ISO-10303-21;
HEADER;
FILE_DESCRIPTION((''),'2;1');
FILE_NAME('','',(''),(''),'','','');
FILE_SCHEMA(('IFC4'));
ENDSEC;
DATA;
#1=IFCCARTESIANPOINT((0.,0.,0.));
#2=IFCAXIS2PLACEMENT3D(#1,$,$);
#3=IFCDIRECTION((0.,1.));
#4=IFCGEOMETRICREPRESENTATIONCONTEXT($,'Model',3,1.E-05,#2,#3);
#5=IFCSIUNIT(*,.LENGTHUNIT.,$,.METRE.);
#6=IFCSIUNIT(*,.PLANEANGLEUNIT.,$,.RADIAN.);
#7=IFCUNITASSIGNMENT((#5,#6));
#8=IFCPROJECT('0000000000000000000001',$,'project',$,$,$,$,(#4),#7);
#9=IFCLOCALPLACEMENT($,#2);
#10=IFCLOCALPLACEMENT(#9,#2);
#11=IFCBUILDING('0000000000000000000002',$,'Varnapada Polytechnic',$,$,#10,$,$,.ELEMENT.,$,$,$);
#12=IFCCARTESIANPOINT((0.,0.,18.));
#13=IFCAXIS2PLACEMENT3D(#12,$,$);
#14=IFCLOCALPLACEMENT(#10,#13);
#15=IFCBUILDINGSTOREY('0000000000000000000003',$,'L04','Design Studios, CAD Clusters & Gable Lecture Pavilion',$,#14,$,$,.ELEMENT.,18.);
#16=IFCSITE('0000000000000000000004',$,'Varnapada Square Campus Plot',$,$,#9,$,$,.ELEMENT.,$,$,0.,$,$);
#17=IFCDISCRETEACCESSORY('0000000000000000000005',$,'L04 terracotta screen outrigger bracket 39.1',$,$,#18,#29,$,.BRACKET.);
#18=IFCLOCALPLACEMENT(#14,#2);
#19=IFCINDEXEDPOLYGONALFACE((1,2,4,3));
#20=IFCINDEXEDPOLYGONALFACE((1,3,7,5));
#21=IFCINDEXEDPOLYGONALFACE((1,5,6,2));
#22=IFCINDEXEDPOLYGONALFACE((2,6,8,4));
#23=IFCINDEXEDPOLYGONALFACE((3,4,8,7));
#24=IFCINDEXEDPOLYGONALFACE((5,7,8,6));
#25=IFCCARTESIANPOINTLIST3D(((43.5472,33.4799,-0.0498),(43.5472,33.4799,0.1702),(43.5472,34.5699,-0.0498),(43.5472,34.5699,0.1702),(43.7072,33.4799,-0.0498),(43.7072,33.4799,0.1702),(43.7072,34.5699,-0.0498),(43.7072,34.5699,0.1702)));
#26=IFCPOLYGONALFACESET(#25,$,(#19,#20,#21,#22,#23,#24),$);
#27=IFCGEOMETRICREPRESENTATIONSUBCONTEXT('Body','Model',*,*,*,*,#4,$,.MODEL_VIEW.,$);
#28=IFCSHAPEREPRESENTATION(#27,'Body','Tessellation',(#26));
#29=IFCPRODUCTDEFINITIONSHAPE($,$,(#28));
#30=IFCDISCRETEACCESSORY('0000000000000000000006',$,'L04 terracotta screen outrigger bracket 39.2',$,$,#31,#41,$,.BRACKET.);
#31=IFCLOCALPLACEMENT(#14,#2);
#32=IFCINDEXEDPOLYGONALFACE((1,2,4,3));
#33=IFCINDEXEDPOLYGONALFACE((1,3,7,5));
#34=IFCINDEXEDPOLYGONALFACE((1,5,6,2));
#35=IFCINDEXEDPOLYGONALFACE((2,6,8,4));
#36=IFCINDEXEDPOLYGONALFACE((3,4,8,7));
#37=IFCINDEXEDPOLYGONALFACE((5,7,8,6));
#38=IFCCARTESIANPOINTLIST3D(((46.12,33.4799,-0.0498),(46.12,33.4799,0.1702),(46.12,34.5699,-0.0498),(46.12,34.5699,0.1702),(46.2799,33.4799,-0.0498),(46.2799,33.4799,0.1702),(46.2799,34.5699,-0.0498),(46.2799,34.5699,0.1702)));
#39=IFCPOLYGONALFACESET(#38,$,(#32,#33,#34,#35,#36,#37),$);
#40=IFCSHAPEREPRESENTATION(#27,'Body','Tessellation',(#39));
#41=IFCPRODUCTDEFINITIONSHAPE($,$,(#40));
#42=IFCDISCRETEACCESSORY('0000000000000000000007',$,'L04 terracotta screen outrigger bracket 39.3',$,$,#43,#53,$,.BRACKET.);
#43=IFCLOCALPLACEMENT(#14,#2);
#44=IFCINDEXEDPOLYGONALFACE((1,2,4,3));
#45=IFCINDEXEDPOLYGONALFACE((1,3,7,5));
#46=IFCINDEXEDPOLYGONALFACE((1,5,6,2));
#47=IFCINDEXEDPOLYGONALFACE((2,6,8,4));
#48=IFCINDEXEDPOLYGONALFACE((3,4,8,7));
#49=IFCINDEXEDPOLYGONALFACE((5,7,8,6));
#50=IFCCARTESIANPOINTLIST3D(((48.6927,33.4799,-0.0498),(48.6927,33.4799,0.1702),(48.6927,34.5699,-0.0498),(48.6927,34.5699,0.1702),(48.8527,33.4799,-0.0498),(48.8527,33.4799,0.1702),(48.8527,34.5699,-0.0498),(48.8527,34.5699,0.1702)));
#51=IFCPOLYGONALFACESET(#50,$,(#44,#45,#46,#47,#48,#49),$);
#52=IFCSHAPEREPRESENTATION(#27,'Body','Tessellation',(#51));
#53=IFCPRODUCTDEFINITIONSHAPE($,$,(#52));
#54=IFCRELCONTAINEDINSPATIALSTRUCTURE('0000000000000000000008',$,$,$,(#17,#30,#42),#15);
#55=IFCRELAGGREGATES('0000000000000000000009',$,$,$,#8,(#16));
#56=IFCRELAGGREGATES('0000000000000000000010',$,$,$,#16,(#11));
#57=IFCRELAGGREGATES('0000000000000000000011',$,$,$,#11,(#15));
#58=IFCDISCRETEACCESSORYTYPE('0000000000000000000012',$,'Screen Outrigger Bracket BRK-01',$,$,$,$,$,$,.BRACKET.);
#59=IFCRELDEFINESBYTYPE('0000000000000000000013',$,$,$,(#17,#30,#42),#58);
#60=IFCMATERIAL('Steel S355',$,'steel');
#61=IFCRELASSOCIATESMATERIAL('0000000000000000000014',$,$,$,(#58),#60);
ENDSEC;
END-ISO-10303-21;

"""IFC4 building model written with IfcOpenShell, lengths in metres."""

from ifc_helpers import new_model, si_unit, direction, frame, origin, origin_2d, place, context, subcontext, project, spatial, rectangle, extrude, material, type_object, element, save


model = new_model("IFC4")

# Units and contexts
model_context = context("Model", 3, precision=1e-05, world=origin(), true_north=direction((0.0, 1.0)))
body_context = subcontext(model_context, "Body", "Model", "MODEL_VIEW")
ifc_project = project(units=[si_unit("LENGTHUNIT", "METRE"), si_unit("PLANEANGLEUNIT", "RADIAN")], contexts=[model_context])

# Site, building, storey
site_placement = place(None, origin())
site = spatial("IfcSite", under=ifc_project, at=site_placement, Name="Varnapada Square Campus Plot", CompositionType="ELEMENT", RefElevation=0.0)
building_placement = place(site_placement, origin())
building = spatial("IfcBuilding", under=site, at=building_placement, Name="Varnapada Polytechnic", CompositionType="ELEMENT")
storey_placement = place(building_placement, frame((0.0, 0.0, 18.0)))
storey = spatial("IfcBuildingStorey", under=building, at=storey_placement, Name="L04", Description="Design Studios, CAD Clusters & Gable Lecture Pavilion", CompositionType="ELEMENT", Elevation=18.0)

# Discrete accessories
ifc_material_1 = material(Name="Steel S355", Category="steel")
discrete_accessory_type = type_object("IfcDiscreteAccessoryType", Name="Screen Outrigger Bracket BRK-01", PredefinedType="BRACKET", material=ifc_material_1)
for number, where, z_axis, x_axis, name in (
    (1, (43.6272, 34.0249, -0.0498), (0.0, 0.0, 1.0), (1.0, 0.0, 0.0), "L04 terracotta screen outrigger bracket 39.1"),
    (2, (46.2, 34.0249, -0.0498), (0.0, 0.0, 1.0), (1.0, 0.0, 0.0), "L04 terracotta screen outrigger bracket 39.2"),
    (3, (48.7727, 34.0249, -0.0498), (0.0, 0.0, 1.0), (1.0, 0.0, 0.0), "L04 terracotta screen outrigger bracket 39.3"),
):
    element("IfcDiscreteAccessory", number, at=place(storey_placement, frame(where, z_axis=z_axis, x_axis=x_axis)), inside=storey, type_object=discrete_accessory_type, Name=name, PredefinedType="BRACKET", context=body_context, shape_type="SweptSolid", body=[
        extrude(rectangle(XDim=0.1599, YDim=1.0901, at=origin_2d()), origin(), (0.0, 0.0, 1.0), 0.22),
    ])

save(model, "model.ifc")
